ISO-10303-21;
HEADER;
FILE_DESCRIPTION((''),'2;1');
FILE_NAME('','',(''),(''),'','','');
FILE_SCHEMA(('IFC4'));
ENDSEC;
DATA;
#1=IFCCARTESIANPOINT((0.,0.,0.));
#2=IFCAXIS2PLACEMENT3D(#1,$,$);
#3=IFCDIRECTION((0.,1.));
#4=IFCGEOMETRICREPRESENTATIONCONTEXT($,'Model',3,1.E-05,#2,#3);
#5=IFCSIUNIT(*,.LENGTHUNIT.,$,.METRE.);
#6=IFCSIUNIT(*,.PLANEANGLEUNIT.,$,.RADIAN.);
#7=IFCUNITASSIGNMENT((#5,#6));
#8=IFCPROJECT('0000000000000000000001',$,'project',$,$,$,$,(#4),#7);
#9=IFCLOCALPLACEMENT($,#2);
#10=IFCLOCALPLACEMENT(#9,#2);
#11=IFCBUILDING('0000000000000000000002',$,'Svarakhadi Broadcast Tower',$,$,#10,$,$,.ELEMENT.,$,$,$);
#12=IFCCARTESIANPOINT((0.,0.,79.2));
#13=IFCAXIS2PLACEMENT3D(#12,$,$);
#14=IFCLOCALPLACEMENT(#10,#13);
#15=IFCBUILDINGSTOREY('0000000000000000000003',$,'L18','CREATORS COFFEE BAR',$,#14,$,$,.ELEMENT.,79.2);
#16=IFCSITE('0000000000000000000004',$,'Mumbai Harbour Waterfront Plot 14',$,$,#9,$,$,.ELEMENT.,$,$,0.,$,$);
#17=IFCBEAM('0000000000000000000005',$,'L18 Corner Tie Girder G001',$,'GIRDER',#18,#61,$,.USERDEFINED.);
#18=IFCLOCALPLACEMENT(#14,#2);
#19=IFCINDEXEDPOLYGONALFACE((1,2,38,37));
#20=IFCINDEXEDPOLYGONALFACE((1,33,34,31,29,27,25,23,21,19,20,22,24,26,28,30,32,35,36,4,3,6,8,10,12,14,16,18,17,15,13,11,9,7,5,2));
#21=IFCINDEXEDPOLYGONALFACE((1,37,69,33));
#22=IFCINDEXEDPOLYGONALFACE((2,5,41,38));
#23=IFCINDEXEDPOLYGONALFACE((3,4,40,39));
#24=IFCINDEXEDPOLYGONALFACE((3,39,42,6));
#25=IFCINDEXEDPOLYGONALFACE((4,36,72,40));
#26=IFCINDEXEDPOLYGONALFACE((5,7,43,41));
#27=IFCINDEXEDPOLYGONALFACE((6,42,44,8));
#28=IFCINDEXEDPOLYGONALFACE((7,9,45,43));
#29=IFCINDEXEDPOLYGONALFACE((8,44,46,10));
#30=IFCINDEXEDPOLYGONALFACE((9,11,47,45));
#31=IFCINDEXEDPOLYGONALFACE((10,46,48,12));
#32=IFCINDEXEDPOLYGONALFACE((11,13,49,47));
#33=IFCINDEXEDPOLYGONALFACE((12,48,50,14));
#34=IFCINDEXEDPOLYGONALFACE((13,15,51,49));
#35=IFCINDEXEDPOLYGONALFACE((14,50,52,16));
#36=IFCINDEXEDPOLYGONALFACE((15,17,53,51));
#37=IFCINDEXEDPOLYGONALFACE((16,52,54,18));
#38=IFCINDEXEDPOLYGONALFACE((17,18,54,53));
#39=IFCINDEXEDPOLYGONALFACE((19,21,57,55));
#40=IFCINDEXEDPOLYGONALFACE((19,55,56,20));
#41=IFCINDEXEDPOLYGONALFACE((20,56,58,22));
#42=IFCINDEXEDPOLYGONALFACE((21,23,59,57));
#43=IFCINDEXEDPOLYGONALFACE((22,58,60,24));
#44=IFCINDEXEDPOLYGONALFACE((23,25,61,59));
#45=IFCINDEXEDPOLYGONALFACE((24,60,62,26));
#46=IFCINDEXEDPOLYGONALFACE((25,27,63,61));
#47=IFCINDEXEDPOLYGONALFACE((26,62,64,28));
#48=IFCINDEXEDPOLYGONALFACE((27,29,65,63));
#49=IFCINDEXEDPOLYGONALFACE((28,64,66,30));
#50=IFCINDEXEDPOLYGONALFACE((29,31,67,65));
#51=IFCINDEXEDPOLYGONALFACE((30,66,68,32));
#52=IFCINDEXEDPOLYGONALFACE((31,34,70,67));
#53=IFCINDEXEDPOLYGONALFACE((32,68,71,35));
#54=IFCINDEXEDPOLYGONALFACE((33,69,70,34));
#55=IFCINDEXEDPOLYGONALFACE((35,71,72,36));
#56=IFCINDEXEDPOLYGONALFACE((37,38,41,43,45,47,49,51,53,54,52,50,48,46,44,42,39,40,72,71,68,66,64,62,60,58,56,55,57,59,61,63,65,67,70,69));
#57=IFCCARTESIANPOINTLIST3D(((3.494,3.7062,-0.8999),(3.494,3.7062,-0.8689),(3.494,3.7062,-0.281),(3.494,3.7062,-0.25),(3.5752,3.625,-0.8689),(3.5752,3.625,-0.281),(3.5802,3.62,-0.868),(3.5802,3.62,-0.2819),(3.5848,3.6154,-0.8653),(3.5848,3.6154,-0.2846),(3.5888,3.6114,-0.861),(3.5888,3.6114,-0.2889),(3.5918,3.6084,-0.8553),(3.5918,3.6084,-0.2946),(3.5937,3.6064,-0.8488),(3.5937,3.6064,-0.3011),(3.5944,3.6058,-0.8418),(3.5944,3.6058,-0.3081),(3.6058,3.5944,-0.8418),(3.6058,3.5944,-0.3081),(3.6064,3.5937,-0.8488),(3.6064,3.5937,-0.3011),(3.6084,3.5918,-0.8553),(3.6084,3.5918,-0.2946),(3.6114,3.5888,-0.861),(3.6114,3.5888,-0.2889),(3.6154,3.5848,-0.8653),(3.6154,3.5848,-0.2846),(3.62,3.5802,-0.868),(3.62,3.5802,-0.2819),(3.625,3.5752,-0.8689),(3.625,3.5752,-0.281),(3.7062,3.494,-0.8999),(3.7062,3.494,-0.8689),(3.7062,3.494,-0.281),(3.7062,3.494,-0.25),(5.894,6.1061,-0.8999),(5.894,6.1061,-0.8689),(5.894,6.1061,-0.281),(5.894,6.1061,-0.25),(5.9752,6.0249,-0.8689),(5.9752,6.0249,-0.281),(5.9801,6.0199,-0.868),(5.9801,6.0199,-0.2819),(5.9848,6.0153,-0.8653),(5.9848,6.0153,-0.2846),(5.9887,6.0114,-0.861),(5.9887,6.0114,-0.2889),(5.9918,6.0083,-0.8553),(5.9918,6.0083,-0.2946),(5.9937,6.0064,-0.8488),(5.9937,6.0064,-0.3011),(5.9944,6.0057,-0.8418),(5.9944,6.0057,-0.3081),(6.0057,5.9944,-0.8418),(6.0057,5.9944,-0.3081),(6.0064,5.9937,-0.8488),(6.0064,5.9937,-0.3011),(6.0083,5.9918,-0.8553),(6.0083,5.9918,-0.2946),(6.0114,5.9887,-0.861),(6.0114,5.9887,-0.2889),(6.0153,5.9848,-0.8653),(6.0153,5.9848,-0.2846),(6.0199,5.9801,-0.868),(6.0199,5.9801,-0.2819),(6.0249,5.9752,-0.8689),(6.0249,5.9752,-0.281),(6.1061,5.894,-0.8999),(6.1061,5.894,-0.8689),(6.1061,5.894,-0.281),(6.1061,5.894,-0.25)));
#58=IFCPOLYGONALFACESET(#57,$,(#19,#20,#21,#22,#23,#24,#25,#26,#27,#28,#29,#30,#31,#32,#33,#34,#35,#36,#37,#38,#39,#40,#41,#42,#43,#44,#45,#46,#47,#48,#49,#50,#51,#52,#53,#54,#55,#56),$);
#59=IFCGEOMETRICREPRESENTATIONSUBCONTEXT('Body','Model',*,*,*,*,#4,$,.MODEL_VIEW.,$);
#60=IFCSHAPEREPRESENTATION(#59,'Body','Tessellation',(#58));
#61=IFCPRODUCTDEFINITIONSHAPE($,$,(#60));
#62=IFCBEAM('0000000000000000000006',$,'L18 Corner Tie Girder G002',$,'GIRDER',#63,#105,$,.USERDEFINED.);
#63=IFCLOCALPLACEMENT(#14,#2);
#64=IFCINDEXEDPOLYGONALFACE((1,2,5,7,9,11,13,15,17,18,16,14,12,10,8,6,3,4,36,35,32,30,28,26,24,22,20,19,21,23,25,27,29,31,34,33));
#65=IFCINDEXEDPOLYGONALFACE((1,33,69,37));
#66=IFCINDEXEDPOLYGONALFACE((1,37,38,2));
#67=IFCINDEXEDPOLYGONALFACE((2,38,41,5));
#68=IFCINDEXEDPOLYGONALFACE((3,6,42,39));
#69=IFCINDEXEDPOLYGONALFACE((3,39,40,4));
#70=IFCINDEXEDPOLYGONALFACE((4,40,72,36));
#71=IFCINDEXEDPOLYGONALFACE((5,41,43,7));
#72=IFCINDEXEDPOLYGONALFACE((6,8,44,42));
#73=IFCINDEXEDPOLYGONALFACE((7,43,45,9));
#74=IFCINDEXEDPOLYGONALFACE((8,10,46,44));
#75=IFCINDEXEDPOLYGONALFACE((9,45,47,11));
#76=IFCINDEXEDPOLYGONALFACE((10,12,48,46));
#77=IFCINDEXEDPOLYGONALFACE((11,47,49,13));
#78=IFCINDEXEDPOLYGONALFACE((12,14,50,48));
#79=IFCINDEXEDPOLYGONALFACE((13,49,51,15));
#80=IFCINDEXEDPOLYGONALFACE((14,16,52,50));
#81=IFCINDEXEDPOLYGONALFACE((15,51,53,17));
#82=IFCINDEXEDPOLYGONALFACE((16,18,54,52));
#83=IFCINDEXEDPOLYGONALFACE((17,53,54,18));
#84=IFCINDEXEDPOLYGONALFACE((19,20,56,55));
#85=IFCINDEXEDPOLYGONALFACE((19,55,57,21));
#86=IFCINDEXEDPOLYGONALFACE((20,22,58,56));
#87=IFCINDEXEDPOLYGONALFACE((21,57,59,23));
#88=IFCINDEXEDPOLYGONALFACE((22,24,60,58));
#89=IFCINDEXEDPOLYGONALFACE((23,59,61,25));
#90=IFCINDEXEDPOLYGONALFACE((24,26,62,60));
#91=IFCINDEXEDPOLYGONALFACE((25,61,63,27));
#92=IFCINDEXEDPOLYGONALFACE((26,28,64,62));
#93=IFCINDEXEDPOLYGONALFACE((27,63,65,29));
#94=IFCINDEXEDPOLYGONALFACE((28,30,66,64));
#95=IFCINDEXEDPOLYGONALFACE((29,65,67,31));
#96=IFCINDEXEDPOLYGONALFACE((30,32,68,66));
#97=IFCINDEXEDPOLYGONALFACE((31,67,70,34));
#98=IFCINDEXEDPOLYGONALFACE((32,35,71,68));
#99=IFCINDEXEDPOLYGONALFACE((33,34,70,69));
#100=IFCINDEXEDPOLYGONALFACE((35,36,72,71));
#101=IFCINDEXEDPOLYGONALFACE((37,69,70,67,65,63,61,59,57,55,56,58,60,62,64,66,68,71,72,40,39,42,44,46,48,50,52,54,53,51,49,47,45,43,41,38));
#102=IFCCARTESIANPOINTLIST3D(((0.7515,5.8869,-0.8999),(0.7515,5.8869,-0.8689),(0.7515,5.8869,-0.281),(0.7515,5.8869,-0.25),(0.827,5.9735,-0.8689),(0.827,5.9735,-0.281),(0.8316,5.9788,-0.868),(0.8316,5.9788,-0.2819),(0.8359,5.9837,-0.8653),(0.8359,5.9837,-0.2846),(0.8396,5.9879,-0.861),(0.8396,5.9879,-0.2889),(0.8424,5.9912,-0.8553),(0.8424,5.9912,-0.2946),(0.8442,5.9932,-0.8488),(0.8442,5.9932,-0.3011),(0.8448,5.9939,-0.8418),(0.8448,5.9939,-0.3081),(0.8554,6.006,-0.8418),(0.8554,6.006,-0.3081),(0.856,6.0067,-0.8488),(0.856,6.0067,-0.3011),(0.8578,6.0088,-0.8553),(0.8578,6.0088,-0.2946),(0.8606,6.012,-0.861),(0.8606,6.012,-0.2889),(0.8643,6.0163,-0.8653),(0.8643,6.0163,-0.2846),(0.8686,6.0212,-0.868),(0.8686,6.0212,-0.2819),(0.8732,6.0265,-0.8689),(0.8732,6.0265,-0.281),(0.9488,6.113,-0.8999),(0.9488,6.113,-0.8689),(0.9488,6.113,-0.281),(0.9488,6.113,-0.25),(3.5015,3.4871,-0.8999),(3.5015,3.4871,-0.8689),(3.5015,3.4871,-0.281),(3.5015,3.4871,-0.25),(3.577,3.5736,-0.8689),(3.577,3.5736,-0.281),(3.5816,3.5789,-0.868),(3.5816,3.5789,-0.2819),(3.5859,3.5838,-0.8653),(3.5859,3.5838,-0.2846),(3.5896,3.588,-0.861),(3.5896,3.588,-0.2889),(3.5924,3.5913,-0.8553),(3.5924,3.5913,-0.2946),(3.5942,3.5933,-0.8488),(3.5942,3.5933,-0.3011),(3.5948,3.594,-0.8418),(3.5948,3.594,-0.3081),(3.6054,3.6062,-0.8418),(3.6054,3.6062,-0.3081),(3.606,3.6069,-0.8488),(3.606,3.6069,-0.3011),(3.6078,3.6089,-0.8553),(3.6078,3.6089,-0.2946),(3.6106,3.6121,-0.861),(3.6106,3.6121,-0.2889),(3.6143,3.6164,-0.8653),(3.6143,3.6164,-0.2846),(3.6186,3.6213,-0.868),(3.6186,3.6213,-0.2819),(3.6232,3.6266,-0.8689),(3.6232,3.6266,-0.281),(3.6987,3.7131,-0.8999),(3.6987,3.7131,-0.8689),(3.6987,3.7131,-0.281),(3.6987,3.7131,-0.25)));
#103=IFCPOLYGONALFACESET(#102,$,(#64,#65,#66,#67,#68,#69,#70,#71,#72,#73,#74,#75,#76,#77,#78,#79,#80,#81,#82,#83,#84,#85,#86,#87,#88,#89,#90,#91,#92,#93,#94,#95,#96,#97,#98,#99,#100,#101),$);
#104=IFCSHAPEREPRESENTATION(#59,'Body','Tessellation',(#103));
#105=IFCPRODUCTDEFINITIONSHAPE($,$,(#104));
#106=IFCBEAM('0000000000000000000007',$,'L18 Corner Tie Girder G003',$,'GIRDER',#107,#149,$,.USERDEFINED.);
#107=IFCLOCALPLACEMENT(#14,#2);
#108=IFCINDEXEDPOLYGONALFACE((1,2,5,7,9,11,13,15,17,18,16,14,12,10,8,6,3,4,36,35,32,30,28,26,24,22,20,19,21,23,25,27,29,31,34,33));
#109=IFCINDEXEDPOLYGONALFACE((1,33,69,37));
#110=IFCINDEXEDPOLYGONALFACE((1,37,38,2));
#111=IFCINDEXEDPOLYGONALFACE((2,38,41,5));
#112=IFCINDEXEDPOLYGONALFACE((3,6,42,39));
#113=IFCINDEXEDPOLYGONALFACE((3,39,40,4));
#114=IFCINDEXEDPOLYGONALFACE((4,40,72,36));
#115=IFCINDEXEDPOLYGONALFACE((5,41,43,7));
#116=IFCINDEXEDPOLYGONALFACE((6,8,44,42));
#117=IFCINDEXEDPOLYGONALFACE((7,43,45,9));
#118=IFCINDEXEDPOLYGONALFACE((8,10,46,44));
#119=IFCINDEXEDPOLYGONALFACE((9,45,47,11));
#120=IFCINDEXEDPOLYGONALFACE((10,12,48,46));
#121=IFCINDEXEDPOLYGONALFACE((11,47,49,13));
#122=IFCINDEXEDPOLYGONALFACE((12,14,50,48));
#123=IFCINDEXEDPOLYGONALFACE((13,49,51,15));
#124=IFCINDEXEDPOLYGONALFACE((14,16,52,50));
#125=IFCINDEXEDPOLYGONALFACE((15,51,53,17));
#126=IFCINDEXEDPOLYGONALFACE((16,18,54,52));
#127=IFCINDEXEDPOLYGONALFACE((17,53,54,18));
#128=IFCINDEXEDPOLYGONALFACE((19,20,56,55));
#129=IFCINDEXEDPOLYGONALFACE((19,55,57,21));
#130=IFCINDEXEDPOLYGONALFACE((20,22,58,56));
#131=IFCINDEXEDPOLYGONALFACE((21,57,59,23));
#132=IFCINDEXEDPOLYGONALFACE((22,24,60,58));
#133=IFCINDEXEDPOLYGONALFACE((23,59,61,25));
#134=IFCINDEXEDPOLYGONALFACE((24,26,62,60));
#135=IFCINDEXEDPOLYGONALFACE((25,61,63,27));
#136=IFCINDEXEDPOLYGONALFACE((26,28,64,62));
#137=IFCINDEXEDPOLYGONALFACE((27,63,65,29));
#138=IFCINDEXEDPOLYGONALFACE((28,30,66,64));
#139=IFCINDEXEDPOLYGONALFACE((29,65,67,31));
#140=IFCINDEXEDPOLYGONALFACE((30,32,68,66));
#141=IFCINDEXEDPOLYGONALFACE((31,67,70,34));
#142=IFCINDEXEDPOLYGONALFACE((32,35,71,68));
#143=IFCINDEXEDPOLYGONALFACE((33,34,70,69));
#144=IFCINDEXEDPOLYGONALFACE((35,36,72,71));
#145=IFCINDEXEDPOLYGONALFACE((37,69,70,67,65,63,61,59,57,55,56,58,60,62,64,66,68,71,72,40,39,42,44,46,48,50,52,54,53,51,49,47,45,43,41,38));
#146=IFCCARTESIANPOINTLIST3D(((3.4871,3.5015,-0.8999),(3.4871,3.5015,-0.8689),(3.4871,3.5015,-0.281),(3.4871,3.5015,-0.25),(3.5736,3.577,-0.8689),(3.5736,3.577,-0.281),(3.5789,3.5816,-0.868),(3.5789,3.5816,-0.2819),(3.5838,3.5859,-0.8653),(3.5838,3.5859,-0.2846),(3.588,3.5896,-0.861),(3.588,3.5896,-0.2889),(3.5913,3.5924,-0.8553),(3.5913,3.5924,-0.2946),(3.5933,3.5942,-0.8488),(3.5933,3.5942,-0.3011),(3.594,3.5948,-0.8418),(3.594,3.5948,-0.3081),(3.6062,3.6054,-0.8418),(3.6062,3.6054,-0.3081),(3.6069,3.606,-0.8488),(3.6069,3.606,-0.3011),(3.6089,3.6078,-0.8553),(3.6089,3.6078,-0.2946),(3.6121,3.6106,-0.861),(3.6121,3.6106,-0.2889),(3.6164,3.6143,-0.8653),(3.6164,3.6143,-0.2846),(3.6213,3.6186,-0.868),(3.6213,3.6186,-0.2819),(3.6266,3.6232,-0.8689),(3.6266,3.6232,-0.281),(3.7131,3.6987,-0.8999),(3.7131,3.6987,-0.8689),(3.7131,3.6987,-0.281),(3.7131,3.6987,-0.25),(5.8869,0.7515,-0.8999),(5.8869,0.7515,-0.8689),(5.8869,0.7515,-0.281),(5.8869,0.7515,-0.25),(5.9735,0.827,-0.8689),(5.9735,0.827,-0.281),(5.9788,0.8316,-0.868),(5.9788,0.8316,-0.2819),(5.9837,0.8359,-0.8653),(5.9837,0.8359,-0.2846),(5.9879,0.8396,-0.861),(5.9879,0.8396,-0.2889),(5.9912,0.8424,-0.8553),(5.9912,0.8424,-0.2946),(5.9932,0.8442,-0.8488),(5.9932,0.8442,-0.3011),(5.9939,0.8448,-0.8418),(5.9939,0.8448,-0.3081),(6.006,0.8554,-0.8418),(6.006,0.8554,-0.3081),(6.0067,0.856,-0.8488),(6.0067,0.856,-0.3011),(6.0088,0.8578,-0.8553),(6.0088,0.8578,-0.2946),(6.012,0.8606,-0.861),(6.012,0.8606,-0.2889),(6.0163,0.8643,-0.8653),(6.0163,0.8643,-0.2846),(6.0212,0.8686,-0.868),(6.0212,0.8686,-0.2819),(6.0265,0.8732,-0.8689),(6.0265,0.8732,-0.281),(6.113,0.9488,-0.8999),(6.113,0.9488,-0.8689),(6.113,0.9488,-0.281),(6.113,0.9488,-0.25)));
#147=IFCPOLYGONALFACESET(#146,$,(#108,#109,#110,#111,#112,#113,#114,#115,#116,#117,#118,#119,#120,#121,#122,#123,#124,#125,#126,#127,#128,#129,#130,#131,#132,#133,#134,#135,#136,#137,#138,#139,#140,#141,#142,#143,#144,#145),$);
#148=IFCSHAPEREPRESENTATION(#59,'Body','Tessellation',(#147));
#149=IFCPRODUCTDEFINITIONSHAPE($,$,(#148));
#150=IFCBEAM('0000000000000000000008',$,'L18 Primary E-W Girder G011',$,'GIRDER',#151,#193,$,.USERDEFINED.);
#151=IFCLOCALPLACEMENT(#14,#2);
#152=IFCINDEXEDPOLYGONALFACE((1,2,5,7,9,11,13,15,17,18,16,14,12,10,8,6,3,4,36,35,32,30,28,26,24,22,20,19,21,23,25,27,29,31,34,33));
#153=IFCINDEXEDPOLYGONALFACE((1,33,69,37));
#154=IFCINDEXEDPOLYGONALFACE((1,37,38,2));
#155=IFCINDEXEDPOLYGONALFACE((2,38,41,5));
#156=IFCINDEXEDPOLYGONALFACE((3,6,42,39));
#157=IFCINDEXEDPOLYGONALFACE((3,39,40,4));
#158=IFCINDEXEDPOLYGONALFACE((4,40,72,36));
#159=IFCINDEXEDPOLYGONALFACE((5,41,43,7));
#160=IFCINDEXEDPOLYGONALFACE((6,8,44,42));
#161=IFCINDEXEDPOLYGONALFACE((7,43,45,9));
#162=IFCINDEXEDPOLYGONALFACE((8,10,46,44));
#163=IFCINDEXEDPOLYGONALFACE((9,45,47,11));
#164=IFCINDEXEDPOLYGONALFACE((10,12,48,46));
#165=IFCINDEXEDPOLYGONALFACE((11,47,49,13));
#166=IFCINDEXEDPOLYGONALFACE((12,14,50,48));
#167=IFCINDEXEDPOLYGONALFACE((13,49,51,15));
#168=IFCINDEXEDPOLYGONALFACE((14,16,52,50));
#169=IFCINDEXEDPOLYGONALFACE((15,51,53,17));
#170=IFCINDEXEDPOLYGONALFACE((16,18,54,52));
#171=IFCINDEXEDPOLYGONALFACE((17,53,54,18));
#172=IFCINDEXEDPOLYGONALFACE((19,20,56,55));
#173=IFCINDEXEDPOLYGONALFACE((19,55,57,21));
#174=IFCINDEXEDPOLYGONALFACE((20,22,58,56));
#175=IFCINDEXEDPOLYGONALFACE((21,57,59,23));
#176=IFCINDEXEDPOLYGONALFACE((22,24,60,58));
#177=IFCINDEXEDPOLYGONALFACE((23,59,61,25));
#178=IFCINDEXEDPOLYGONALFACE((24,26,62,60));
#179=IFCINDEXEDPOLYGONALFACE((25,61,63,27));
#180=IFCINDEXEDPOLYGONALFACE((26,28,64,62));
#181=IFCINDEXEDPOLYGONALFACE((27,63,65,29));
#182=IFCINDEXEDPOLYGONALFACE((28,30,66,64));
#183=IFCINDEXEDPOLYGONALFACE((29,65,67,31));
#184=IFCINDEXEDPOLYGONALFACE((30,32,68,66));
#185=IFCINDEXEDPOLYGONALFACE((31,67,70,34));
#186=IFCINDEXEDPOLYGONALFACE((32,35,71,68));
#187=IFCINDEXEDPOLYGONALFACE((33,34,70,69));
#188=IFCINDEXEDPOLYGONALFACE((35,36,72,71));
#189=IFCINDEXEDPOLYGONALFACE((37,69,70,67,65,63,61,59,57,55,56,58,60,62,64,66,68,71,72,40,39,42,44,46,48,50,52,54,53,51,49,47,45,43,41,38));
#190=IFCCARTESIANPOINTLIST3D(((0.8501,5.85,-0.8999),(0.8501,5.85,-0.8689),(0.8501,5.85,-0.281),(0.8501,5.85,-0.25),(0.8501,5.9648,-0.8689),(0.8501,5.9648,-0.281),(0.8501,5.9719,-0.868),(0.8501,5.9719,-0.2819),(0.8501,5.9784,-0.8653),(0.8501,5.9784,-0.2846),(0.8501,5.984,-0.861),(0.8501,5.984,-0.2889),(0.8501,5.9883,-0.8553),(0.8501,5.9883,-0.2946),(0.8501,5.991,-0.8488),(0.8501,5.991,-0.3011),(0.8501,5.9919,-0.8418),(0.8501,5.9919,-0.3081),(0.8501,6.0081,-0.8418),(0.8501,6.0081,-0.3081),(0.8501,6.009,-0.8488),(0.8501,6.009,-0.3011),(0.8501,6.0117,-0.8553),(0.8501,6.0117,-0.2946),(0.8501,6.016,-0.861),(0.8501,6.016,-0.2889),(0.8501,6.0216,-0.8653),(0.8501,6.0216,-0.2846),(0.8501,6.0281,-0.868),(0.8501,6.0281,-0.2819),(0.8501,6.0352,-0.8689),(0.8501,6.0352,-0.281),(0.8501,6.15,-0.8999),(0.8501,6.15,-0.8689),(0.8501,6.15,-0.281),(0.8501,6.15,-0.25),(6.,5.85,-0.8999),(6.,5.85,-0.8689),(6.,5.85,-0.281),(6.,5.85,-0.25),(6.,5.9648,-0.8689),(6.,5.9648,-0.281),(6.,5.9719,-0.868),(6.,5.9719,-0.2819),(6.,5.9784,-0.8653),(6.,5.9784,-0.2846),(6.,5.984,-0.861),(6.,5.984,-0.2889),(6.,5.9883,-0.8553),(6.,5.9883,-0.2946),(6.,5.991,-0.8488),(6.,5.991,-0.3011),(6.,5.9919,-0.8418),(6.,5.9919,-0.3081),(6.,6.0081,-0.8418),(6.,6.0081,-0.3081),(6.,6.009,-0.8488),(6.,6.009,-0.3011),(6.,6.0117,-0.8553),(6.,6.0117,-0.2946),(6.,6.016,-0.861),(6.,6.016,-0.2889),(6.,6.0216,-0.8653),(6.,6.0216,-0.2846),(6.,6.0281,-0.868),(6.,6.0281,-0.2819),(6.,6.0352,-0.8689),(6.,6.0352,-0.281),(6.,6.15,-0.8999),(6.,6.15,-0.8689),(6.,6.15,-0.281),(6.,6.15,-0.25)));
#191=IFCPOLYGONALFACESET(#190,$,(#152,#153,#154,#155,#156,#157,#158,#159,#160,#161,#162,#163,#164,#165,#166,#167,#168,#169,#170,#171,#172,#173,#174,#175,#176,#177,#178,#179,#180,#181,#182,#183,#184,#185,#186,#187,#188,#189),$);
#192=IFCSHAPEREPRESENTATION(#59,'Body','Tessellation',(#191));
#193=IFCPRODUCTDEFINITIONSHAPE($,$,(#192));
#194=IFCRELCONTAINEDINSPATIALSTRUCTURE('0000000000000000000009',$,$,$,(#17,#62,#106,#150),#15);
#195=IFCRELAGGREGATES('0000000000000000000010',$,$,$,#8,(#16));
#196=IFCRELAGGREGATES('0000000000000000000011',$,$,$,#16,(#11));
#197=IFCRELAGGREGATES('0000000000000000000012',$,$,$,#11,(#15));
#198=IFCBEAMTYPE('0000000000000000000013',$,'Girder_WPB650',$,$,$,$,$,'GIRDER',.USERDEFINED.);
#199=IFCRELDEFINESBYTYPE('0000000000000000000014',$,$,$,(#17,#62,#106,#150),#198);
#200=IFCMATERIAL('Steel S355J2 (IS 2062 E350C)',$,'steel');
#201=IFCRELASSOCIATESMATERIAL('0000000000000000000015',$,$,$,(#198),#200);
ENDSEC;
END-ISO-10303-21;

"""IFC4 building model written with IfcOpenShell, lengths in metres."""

from ifc_helpers import new_model, si_unit, direction, frame, origin, origin_2d, place, context, subcontext, project, spatial, i_section, extrude, material, material_profile, profile_set, type_object, element, save


model = new_model("IFC4")

# Units and contexts
model_context = context("Model", 3, precision=1e-05, world=origin(), true_north=direction((0.0, 1.0)))
body_context = subcontext(model_context, "Body", "Model", "MODEL_VIEW")
ifc_project = project(units=[si_unit("LENGTHUNIT", "METRE"), si_unit("PLANEANGLEUNIT", "RADIAN")], contexts=[model_context])

# Site, building, storey
site_placement = place(None, origin())
site = spatial("IfcSite", under=ifc_project, at=site_placement, Name="Mumbai Harbour Waterfront Plot 14", CompositionType="ELEMENT", RefElevation=0.0)
building_placement = place(site_placement, origin())
building = spatial("IfcBuilding", under=site, at=building_placement, Name="Svarakhadi Broadcast Tower", CompositionType="ELEMENT")
storey_placement = place(building_placement, frame((0.0, 0.0, 79.2)))
storey = spatial("IfcBuildingStorey", under=building, at=storey_placement, Name="L18", Description="CREATORS COFFEE BAR", CompositionType="ELEMENT", Elevation=79.2)

# Beams
ifc_material_1 = material(Name="Steel S355J2 (IS 2062 E350C)", Category="steel")
ifc_material_profile_1 = material_profile(ifc_material_1, i_section(OverallWidth=0.3, OverallDepth=0.6499, WebThickness=0.0161, FlangeThickness=0.031, FilletRadius=0.0271, at=origin_2d()), Name="WPB 650x300x225")
ifc_profile_set_1 = profile_set([ifc_material_profile_1], Name="Steel S355J2 (IS 2062 E350C)")
beam_type = type_object("IfcBeamType", Name="Girder_WPB650", ElementType="GIRDER", PredefinedType="USERDEFINED", material=ifc_profile_set_1)
beam_1_placement = place(storey_placement, frame((3.6001, 3.6001, -0.575), z_axis=(0.707107, 0.707107, 0.0), x_axis=(-0.707107, 0.707107, 0.0)))
element("IfcBeam", 1, at=beam_1_placement, inside=storey, type_object=beam_type, Name="L18 Corner Tie Girder G001", ObjectType="GIRDER", PredefinedType="USERDEFINED", context=body_context, shape_type="SweptSolid", body=[
    extrude(i_section(OverallWidth=0.3, OverallDepth=0.6499, WebThickness=0.0161, FlangeThickness=0.031, FilletRadius=0.0271, at=origin_2d()), origin(), (0.0, 0.0, 1.0), 3.394),
])
for number, where, z_axis, x_axis, name in (
    (2, (3.6001, 3.6001, -0.575), (-0.753438, 0.657519, 0.0), (-0.657519, -0.753438, 0.0), "L18 Corner Tie Girder G002"),
    (3, (3.6001, 3.6001, -0.575), (0.657519, -0.753438, 0.0), (0.753438, 0.657519, 0.0), "L18 Corner Tie Girder G003"),
):
    element("IfcBeam", number, at=place(storey_placement, frame(where, z_axis=z_axis, x_axis=x_axis)), inside=storey, type_object=beam_type, Name=name, ObjectType="GIRDER", PredefinedType="USERDEFINED", context=body_context, shape_type="SweptSolid", body=[
        extrude(i_section(OverallWidth=0.3, OverallDepth=0.6499, WebThickness=0.0161, FlangeThickness=0.031, FilletRadius=0.0271, at=origin_2d()), origin(), (0.0, 0.0, 1.0), 3.6499),
    ])
beam_2_placement = place(storey_placement, frame((0.8501, 6.0, -0.575), z_axis=(1.0, 0.0, 0.0), x_axis=(0.0, 1.0, 0.0)))
element("IfcBeam", 4, at=beam_2_placement, inside=storey, type_object=beam_type, Name="L18 Primary E-W Girder G011", ObjectType="GIRDER", PredefinedType="USERDEFINED", context=body_context, shape_type="SweptSolid", body=[
    extrude(i_section(OverallWidth=0.3, OverallDepth=0.6499, WebThickness=0.0161, FlangeThickness=0.031, FilletRadius=0.0271, at=origin_2d()), origin(), (0.0, 0.0, 1.0), 5.1499),
])

save(model, "model.ifc")
